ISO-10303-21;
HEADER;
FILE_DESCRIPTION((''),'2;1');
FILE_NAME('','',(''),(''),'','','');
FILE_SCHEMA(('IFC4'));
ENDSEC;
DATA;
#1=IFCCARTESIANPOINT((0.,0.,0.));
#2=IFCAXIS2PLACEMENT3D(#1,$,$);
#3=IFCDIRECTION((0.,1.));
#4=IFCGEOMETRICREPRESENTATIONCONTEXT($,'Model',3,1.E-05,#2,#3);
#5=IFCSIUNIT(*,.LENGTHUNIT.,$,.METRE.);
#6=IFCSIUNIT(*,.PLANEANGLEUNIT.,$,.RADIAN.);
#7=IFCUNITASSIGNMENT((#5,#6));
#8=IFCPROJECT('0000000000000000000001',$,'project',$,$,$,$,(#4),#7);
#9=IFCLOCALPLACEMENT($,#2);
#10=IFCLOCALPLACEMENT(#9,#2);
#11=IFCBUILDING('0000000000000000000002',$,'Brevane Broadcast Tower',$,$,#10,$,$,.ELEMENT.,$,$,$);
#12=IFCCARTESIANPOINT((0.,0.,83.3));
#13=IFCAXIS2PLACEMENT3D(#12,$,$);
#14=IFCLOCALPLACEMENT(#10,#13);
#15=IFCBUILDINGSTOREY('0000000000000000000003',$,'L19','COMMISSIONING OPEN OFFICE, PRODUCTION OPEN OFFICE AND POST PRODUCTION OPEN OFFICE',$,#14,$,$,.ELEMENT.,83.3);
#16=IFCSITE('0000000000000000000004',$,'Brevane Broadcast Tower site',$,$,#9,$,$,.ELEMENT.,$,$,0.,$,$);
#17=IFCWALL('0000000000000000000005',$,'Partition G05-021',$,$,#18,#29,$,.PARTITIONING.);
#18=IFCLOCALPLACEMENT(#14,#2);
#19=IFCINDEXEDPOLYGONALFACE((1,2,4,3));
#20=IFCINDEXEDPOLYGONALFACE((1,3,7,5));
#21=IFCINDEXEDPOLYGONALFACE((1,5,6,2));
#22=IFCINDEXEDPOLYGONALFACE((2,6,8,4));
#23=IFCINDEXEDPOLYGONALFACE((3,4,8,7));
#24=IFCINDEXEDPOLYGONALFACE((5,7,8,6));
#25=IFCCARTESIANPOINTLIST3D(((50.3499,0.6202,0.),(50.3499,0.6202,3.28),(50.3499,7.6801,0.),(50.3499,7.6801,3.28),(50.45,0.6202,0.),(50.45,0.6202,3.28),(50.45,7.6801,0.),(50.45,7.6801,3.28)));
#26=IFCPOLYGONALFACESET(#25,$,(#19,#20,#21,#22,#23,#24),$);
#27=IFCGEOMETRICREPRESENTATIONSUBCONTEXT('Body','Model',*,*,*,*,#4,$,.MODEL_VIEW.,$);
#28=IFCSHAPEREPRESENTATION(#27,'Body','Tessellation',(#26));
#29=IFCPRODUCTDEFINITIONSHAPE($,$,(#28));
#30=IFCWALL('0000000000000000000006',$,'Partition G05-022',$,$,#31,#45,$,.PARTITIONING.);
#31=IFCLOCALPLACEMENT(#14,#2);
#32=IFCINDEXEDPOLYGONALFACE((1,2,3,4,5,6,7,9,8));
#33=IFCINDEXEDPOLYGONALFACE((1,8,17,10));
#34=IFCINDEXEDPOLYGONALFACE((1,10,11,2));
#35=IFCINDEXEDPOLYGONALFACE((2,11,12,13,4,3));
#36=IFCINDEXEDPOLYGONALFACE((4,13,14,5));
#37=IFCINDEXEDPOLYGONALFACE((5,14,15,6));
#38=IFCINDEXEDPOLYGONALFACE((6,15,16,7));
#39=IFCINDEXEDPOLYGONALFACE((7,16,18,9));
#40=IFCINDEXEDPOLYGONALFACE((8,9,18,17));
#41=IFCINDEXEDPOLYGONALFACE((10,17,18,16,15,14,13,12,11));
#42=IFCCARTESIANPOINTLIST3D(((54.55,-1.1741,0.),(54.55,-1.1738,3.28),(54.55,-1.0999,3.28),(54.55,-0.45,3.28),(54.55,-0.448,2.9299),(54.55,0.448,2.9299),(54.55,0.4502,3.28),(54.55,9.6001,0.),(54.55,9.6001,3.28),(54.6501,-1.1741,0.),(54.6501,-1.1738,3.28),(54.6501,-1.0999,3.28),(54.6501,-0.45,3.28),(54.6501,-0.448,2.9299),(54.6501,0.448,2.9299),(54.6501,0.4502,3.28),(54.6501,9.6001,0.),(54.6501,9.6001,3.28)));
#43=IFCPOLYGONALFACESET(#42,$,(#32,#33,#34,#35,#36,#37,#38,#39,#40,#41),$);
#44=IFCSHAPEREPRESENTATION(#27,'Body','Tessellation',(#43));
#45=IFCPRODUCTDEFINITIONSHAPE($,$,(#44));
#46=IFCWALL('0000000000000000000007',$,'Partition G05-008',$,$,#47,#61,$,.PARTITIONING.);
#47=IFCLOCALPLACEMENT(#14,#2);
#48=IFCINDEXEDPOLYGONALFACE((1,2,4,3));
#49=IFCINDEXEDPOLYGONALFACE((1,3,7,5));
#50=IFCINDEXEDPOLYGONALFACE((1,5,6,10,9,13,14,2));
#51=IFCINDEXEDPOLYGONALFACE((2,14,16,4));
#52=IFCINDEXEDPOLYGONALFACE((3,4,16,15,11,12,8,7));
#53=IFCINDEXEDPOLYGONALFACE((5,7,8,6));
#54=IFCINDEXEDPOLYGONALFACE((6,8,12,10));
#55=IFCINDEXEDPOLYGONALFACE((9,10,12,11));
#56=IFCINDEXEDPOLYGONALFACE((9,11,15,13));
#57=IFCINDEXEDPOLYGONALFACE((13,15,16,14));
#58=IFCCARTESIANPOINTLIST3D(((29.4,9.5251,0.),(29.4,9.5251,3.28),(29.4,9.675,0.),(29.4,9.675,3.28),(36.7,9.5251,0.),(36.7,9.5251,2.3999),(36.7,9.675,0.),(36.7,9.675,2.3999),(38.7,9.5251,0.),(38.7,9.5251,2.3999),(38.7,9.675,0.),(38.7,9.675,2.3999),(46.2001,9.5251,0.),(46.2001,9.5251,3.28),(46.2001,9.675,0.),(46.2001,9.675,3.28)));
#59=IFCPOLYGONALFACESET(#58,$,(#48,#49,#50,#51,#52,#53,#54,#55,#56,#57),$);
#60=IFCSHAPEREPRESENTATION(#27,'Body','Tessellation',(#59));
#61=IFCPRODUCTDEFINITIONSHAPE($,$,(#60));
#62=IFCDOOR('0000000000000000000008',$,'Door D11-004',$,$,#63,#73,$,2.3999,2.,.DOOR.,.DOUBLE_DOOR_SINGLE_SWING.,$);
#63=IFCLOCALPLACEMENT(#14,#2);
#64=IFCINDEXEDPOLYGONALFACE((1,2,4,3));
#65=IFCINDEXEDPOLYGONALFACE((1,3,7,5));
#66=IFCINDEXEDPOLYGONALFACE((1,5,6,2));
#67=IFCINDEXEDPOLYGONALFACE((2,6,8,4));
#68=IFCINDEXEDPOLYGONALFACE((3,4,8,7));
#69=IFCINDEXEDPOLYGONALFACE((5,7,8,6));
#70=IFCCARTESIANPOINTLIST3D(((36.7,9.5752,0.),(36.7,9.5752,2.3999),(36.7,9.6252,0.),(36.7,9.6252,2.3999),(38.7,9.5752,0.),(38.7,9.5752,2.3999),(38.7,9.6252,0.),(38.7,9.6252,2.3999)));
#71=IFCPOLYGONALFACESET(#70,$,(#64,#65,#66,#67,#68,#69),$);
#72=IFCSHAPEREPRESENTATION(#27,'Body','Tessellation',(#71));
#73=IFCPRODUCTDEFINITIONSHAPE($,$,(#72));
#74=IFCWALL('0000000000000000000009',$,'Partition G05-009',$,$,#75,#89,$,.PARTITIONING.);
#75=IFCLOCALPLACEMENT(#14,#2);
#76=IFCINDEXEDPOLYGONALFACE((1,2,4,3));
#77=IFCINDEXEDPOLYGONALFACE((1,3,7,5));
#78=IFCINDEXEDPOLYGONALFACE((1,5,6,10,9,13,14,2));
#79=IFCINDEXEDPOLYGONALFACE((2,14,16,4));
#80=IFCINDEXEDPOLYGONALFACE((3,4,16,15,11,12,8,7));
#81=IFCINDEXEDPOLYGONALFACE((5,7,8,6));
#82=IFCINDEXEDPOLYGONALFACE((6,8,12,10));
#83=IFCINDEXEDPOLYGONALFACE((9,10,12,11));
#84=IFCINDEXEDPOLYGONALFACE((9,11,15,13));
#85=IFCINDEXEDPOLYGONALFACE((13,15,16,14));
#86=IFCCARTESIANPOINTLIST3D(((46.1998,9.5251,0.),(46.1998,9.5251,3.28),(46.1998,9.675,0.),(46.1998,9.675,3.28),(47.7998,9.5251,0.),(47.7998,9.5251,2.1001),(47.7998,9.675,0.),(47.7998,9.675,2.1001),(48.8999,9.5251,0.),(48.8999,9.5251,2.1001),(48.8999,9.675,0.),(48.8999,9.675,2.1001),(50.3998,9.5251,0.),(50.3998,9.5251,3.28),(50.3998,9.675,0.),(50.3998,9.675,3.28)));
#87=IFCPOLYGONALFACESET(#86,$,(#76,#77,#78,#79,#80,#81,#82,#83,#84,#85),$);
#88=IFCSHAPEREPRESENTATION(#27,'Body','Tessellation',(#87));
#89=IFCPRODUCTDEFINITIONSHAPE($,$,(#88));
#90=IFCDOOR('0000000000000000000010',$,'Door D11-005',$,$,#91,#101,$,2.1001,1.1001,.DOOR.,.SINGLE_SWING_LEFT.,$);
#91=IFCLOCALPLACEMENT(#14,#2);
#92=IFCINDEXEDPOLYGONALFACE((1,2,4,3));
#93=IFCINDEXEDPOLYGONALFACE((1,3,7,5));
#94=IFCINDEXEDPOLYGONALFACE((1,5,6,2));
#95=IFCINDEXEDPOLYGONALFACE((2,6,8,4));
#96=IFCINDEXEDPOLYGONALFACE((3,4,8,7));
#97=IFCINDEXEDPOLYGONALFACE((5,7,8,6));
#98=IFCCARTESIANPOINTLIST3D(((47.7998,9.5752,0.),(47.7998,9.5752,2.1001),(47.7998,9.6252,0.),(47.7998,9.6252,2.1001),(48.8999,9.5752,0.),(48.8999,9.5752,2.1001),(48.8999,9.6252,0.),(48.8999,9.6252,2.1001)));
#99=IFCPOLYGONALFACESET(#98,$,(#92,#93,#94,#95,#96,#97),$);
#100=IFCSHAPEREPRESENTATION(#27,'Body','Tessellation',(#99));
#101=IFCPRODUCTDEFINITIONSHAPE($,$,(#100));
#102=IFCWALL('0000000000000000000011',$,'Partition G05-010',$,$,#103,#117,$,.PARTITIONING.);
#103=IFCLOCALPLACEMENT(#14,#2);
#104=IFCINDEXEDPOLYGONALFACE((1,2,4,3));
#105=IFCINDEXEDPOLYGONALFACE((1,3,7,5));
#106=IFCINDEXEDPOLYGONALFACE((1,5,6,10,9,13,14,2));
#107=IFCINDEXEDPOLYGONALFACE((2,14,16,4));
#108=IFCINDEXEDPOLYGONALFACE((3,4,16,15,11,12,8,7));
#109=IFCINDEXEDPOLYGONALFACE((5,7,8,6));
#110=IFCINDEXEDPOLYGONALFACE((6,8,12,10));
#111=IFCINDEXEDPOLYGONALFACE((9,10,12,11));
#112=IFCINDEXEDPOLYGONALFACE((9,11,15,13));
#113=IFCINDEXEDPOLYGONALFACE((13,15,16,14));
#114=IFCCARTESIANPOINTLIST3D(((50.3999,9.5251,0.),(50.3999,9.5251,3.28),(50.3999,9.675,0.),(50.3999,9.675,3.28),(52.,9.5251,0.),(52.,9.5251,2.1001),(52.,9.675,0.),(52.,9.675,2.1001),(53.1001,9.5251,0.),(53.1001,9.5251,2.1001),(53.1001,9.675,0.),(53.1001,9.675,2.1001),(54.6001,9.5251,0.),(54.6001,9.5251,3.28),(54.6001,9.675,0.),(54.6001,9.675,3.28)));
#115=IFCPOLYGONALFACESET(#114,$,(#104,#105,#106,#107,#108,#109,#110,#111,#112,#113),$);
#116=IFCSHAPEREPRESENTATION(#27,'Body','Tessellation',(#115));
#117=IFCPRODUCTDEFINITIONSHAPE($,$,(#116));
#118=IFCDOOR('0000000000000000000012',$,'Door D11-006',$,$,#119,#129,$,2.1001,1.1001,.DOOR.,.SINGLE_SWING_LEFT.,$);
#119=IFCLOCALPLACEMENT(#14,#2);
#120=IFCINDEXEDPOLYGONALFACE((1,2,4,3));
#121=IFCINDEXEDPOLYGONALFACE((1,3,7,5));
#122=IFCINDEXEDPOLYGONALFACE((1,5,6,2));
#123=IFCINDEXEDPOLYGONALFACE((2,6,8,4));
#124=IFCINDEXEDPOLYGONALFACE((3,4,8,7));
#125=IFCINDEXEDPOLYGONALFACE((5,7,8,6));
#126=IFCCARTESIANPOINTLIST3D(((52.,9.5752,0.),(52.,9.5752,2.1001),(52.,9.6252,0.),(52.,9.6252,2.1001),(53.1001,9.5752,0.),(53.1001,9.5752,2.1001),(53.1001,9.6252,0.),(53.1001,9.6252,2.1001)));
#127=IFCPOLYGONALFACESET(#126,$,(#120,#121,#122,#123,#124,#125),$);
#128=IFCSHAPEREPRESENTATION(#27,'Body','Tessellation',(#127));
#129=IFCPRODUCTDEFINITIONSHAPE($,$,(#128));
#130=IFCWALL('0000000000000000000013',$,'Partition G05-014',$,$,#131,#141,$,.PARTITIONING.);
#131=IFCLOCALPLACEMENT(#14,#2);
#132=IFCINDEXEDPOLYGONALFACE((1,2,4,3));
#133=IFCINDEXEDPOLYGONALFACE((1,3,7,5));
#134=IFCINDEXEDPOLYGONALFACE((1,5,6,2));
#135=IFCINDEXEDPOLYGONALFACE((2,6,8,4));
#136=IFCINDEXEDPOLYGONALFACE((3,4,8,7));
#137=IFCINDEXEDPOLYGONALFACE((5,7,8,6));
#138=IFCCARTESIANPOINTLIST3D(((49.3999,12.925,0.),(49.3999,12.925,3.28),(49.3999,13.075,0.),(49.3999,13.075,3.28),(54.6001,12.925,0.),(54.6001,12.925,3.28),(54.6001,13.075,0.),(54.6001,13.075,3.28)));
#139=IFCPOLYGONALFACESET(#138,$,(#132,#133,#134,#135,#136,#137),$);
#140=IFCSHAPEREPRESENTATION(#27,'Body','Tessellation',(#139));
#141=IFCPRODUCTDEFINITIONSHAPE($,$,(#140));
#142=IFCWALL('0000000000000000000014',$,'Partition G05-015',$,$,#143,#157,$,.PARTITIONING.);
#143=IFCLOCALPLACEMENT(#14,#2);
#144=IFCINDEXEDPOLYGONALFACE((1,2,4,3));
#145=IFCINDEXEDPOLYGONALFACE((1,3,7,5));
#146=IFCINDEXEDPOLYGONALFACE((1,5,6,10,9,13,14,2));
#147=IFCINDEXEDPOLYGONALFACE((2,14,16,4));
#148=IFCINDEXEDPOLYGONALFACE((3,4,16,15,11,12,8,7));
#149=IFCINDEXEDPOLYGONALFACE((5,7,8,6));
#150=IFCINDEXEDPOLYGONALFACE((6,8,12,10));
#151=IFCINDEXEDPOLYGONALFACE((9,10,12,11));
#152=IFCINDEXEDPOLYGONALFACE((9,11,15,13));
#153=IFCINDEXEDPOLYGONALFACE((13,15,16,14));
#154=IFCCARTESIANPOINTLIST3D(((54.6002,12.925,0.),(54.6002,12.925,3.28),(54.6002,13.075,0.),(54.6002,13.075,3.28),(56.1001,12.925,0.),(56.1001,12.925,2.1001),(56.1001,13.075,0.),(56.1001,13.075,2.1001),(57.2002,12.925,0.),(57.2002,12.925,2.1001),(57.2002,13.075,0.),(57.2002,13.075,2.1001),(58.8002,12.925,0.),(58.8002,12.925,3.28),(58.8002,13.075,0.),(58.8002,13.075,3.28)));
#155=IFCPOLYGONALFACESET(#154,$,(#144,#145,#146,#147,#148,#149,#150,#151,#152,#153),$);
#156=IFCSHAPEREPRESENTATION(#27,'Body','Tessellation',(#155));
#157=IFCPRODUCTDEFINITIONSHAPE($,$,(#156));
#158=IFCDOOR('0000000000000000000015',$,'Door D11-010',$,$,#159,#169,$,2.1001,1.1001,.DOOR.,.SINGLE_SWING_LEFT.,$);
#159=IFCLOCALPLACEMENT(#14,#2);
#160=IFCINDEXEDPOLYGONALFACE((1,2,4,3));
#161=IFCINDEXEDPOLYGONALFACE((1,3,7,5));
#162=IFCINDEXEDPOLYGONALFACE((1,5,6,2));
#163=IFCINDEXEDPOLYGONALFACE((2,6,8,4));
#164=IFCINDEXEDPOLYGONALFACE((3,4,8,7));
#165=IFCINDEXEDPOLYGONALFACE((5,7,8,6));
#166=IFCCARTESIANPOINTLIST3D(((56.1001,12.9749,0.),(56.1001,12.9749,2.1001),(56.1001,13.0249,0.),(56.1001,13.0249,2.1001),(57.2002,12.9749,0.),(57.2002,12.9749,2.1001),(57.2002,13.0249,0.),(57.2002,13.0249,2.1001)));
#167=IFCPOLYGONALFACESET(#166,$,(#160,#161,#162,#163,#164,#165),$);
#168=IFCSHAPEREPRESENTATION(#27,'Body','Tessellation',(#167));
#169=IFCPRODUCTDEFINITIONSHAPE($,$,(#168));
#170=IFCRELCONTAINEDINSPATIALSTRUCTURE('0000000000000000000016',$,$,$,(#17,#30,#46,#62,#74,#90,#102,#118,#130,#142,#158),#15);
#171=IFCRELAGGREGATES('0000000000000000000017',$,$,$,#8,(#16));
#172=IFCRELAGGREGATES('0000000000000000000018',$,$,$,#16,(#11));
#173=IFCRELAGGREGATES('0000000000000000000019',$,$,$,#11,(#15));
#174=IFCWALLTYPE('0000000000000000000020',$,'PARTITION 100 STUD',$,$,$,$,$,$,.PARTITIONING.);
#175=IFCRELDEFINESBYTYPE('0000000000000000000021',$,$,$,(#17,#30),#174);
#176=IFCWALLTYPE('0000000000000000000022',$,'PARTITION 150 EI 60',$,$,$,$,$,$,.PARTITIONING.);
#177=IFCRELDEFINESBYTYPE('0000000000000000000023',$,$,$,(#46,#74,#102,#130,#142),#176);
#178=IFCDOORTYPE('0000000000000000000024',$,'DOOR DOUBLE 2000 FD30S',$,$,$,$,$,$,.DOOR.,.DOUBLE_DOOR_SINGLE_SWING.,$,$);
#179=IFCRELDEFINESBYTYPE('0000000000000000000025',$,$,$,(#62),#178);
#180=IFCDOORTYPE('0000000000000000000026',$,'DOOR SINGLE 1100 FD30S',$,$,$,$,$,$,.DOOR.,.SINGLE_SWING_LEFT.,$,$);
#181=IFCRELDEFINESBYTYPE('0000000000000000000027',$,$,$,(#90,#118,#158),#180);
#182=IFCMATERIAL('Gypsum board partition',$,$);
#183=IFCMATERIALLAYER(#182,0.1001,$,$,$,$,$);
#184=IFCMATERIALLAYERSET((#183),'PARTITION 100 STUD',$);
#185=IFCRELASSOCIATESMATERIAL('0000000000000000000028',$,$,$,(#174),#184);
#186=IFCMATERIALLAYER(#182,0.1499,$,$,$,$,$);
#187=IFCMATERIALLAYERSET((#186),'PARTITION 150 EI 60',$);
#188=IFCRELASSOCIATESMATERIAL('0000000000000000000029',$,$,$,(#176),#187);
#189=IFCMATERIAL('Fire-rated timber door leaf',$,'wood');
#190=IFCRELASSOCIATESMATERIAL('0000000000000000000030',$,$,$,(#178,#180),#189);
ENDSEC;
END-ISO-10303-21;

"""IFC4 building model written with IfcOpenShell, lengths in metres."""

from ifc_helpers import new_model, si_unit, direction, frame, frame_2d, origin, place, context, subcontext, project, spatial, polyline, rectangle, outline, extrude, material, layer, layer_set, type_object, element, fill, save


model = new_model("IFC4")

# Units and contexts
model_context = context("Model", 3, precision=1e-05, world=origin(), true_north=direction((0.0, 1.0)))
body_context = subcontext(model_context, "Body", "Model", "MODEL_VIEW")
ifc_project = project(units=[si_unit("LENGTHUNIT", "METRE"), si_unit("PLANEANGLEUNIT", "RADIAN")], contexts=[model_context])

# Site, building, storey
site_placement = place(None, origin())
site = spatial("IfcSite", under=ifc_project, at=site_placement, Name="Brevane Broadcast Tower site", CompositionType="ELEMENT", RefElevation=0.0)
building_placement = place(site_placement, origin())
building = spatial("IfcBuilding", under=site, at=building_placement, Name="Brevane Broadcast Tower", CompositionType="ELEMENT")
storey_placement = place(building_placement, frame((0.0, 0.0, 83.3)))
storey = spatial("IfcBuildingStorey", under=building, at=storey_placement, Name="L19", Description="COMMISSIONING OPEN OFFICE, PRODUCTION OPEN OFFICE AND POST PRODUCTION OPEN OFFICE", CompositionType="ELEMENT", Elevation=83.3)

# Walls
ifc_material_1 = material(Name="Gypsum board partition")
ifc_layer_1 = layer(ifc_material_1, 0.1001)
ifc_layer_set_1 = layer_set([ifc_layer_1], Name="PARTITION 100 STUD")
wall_type_1 = type_object("IfcWallType", Name="PARTITION 100 STUD", PredefinedType="PARTITIONING", material=ifc_layer_set_1)
wall_1_placement = place(storey_placement, frame((50.3999, 7.6799, 0.0), z_axis=(0.0, 0.0, 1.0), x_axis=(0.0, -1.0, 0.0)))
element("IfcWall", 1, at=wall_1_placement, inside=storey, type_object=wall_type_1, Name="Partition G05-021", PredefinedType="PARTITIONING", context=body_context, shape_type="SweptSolid", body=[
    extrude(rectangle(XDim=7.0598, YDim=0.1001, at=frame_2d((3.5298, 0.0))), origin(), (0.0, 0.0, 1.0), 3.28),
])
wall_2_placement = place(storey_placement, frame((54.6001, 9.6001, 0.0), z_axis=(0.0, 0.0, 1.0), x_axis=(0.0, -1.0, 0.0)))
element("IfcWall", 2, at=wall_2_placement, inside=storey, type_object=wall_type_1, Name="Partition G05-022", PredefinedType="PARTITIONING", context=body_context, shape_type="SweptSolid", body=[
    extrude(outline(polyline([(0.0, 0.0), (10.7742, 0.0), (10.7739, 3.28), (10.7, 3.28), (10.05, 3.28), (10.0481, 2.9299), (9.1521, 2.9299), (9.1499, 3.28), (0.0, 3.28), (0.0, 0.0)])), frame((0.0, 0.05, 0.0), z_axis=(0.0, -1.0, 0.0), x_axis=(1.0, 0.0, 0.0)), (0.0, 0.0, 1.0), 0.1001),
])

# Walls, openings, doors
ifc_layer_2 = layer(ifc_material_1, 0.1499)
ifc_layer_set_2 = layer_set([ifc_layer_2], Name="PARTITION 150 EI 60")
wall_type_2 = type_object("IfcWallType", Name="PARTITION 150 EI 60", PredefinedType="PARTITIONING", material=ifc_layer_set_2)
wall_3_placement = place(storey_placement, frame((46.2, 9.6001, 0.0), z_axis=(0.0, 0.0, 1.0), x_axis=(-1.0, 0.0, 0.0)))
wall_3 = element("IfcWall", 3, at=wall_3_placement, inside=storey, type_object=wall_type_2, Name="Partition G05-008", PredefinedType="PARTITIONING", context=body_context, shape_type="SweptSolid", body=[
    extrude(rectangle(XDim=16.8, YDim=0.1499, at=frame_2d((8.3999, 0.0))), origin(), (0.0, 0.0, 1.0), 3.28),
])
opening_1_placement = place(wall_3_placement, frame((7.5, 0.0, 0.0)))
opening_1 = element("IfcOpeningElement", 4, at=opening_1_placement, cuts=wall_3, PredefinedType="OPENING", context=body_context, shape_type="SweptSolid", body=[
    extrude(rectangle(XDim=2.0, YDim=2.3999, at=frame_2d((1.0, 1.2))), frame((0.0, 0.085, 0.0), z_axis=(0.0, -1.0, 0.0), x_axis=(1.0, 0.0, 0.0)), (0.0, 0.0, 1.0), 0.1699),
])
ifc_material_2 = material(Name="Fire-rated timber door leaf", Category="wood")
door_type_1 = type_object("IfcDoorType", Name="DOOR DOUBLE 2000 FD30S", OperationType="DOUBLE_DOOR_SINGLE_SWING", PredefinedType="DOOR", material=ifc_material_2)
door_1_placement = place(opening_1_placement, origin())
door_1 = element("IfcDoor", 5, at=door_1_placement, inside=storey, type_object=door_type_1, Name="Door D11-004", OperationType="DOUBLE_DOOR_SINGLE_SWING", OverallHeight=2.3999, OverallWidth=2.0, PredefinedType="DOOR", context=body_context, shape_type="SweptSolid", body=[
    extrude(rectangle(XDim=2.0, YDim=2.3999, at=frame_2d((1.0, 1.2))), frame((0.0, 0.0249, 0.0), z_axis=(0.0, -1.0, 0.0), x_axis=(1.0, 0.0, 0.0)), (0.0, 0.0, 1.0), 0.05),
])
fill(opening_1, door_1)
wall_4_placement = place(storey_placement, frame((50.3999, 9.6001, 0.0), z_axis=(0.0, 0.0, 1.0), x_axis=(-1.0, 0.0, 0.0)))
wall_4 = element("IfcWall", 6, at=wall_4_placement, inside=storey, type_object=wall_type_2, Name="Partition G05-009", PredefinedType="PARTITIONING", context=body_context, shape_type="SweptSolid", body=[
    extrude(rectangle(XDim=4.2, YDim=0.1499, at=frame_2d((2.1001, 0.0))), origin(), (0.0, 0.0, 1.0), 3.28),
])
opening_2_placement = place(wall_4_placement, frame((1.5, 0.0, 0.0)))
opening_2 = element("IfcOpeningElement", 7, at=opening_2_placement, cuts=wall_4, PredefinedType="OPENING", context=body_context, shape_type="SweptSolid", body=[
    extrude(rectangle(XDim=1.1001, YDim=2.1001, at=frame_2d((0.55, 1.05))), frame((0.0, 0.085, 0.0), z_axis=(0.0, -1.0, 0.0), x_axis=(1.0, 0.0, 0.0)), (0.0, 0.0, 1.0), 0.1699),
])
door_type_2 = type_object("IfcDoorType", Name="DOOR SINGLE 1100 FD30S", OperationType="SINGLE_SWING_LEFT", PredefinedType="DOOR", material=ifc_material_2)
door_2_placement = place(opening_2_placement, origin())
door_2 = element("IfcDoor", 8, at=door_2_placement, inside=storey, type_object=door_type_2, Name="Door D11-005", OperationType="SINGLE_SWING_LEFT", OverallHeight=2.1001, OverallWidth=1.1001, PredefinedType="DOOR", context=body_context, shape_type="SweptSolid", body=[
    extrude(rectangle(XDim=1.1001, YDim=2.1001, at=frame_2d((0.55, 1.05))), frame((0.0, 0.0249, 0.0), z_axis=(0.0, -1.0, 0.0), x_axis=(1.0, 0.0, 0.0)), (0.0, 0.0, 1.0), 0.05),
])
fill(opening_2, door_2)
wall_5_placement = place(storey_placement, frame((54.6001, 9.6001, 0.0), z_axis=(0.0, 0.0, 1.0), x_axis=(-1.0, 0.0, 0.0)))
wall_5 = element("IfcWall", 9, at=wall_5_placement, inside=storey, type_object=wall_type_2, Name="Partition G05-010", PredefinedType="PARTITIONING", context=body_context, shape_type="SweptSolid", body=[
    extrude(rectangle(XDim=4.2002, YDim=0.1499, at=frame_2d((2.1001, 0.0))), origin(), (0.0, 0.0, 1.0), 3.28),
])
opening_3_placement = place(wall_5_placement, frame((1.5, 0.0, 0.0)))
opening_3 = element("IfcOpeningElement", 10, at=opening_3_placement, cuts=wall_5, PredefinedType="OPENING", context=body_context, shape_type="SweptSolid", body=[
    extrude(rectangle(XDim=1.1001, YDim=2.1001, at=frame_2d((0.55, 1.05))), frame((0.0, 0.085, 0.0), z_axis=(0.0, -1.0, 0.0), x_axis=(1.0, 0.0, 0.0)), (0.0, 0.0, 1.0), 0.1699),
])
door_3_placement = place(opening_3_placement, origin())
door_3 = element("IfcDoor", 11, at=door_3_placement, inside=storey, type_object=door_type_2, Name="Door D11-006", OperationType="SINGLE_SWING_LEFT", OverallHeight=2.1001, OverallWidth=1.1001, PredefinedType="DOOR", context=body_context, shape_type="SweptSolid", body=[
    extrude(rectangle(XDim=1.1001, YDim=2.1001, at=frame_2d((0.55, 1.05))), frame((0.0, 0.0249, 0.0), z_axis=(0.0, -1.0, 0.0), x_axis=(1.0, 0.0, 0.0)), (0.0, 0.0, 1.0), 0.05),
])
fill(opening_3, door_3)

# Wall
wall_6_placement = place(storey_placement, frame((49.3999, 13.0, 0.0), z_axis=(0.0, 0.0, 1.0), x_axis=(1.0, 0.0, 0.0)))
element("IfcWall", 12, at=wall_6_placement, inside=storey, type_object=wall_type_2, Name="Partition G05-014", PredefinedType="PARTITIONING", context=body_context, shape_type="SweptSolid", body=[
    extrude(rectangle(XDim=5.2002, YDim=0.1499, at=frame_2d((2.6001, 0.0))), origin(), (0.0, 0.0, 1.0), 3.28),
])

# Wall, opening, door
wall_7_placement = place(storey_placement, frame((54.6001, 13.0, 0.0), z_axis=(0.0, 0.0, 1.0), x_axis=(1.0, 0.0, 0.0)))
wall_7 = element("IfcWall", 13, at=wall_7_placement, inside=storey, type_object=wall_type_2, Name="Partition G05-015", PredefinedType="PARTITIONING", context=body_context, shape_type="SweptSolid", body=[
    extrude(rectangle(XDim=4.2, YDim=0.1499, at=frame_2d((2.1001, 0.0))), origin(), (0.0, 0.0, 1.0), 3.28),
])
opening_4_placement = place(wall_7_placement, frame((1.5, 0.0, 0.0)))
opening_4 = element("IfcOpeningElement", 14, at=opening_4_placement, cuts=wall_7, PredefinedType="OPENING", context=body_context, shape_type="SweptSolid", body=[
    extrude(rectangle(XDim=1.1001, YDim=2.1001, at=frame_2d((0.55, 1.05))), frame((0.0, 0.085, 0.0), z_axis=(0.0, -1.0, 0.0), x_axis=(1.0, 0.0, 0.0)), (0.0, 0.0, 1.0), 0.1699),
])
door_4_placement = place(opening_4_placement, origin())
door_4 = element("IfcDoor", 15, at=door_4_placement, inside=storey, type_object=door_type_2, Name="Door D11-010", OperationType="SINGLE_SWING_LEFT", OverallHeight=2.1001, OverallWidth=1.1001, PredefinedType="DOOR", context=body_context, shape_type="SweptSolid", body=[
    extrude(rectangle(XDim=1.1001, YDim=2.1001, at=frame_2d((0.55, 1.05))), frame((0.0, 0.0249, 0.0), z_axis=(0.0, -1.0, 0.0), x_axis=(1.0, 0.0, 0.0)), (0.0, 0.0, 1.0), 0.05),
])
fill(opening_4, door_4)

save(model, "model.ifc")
